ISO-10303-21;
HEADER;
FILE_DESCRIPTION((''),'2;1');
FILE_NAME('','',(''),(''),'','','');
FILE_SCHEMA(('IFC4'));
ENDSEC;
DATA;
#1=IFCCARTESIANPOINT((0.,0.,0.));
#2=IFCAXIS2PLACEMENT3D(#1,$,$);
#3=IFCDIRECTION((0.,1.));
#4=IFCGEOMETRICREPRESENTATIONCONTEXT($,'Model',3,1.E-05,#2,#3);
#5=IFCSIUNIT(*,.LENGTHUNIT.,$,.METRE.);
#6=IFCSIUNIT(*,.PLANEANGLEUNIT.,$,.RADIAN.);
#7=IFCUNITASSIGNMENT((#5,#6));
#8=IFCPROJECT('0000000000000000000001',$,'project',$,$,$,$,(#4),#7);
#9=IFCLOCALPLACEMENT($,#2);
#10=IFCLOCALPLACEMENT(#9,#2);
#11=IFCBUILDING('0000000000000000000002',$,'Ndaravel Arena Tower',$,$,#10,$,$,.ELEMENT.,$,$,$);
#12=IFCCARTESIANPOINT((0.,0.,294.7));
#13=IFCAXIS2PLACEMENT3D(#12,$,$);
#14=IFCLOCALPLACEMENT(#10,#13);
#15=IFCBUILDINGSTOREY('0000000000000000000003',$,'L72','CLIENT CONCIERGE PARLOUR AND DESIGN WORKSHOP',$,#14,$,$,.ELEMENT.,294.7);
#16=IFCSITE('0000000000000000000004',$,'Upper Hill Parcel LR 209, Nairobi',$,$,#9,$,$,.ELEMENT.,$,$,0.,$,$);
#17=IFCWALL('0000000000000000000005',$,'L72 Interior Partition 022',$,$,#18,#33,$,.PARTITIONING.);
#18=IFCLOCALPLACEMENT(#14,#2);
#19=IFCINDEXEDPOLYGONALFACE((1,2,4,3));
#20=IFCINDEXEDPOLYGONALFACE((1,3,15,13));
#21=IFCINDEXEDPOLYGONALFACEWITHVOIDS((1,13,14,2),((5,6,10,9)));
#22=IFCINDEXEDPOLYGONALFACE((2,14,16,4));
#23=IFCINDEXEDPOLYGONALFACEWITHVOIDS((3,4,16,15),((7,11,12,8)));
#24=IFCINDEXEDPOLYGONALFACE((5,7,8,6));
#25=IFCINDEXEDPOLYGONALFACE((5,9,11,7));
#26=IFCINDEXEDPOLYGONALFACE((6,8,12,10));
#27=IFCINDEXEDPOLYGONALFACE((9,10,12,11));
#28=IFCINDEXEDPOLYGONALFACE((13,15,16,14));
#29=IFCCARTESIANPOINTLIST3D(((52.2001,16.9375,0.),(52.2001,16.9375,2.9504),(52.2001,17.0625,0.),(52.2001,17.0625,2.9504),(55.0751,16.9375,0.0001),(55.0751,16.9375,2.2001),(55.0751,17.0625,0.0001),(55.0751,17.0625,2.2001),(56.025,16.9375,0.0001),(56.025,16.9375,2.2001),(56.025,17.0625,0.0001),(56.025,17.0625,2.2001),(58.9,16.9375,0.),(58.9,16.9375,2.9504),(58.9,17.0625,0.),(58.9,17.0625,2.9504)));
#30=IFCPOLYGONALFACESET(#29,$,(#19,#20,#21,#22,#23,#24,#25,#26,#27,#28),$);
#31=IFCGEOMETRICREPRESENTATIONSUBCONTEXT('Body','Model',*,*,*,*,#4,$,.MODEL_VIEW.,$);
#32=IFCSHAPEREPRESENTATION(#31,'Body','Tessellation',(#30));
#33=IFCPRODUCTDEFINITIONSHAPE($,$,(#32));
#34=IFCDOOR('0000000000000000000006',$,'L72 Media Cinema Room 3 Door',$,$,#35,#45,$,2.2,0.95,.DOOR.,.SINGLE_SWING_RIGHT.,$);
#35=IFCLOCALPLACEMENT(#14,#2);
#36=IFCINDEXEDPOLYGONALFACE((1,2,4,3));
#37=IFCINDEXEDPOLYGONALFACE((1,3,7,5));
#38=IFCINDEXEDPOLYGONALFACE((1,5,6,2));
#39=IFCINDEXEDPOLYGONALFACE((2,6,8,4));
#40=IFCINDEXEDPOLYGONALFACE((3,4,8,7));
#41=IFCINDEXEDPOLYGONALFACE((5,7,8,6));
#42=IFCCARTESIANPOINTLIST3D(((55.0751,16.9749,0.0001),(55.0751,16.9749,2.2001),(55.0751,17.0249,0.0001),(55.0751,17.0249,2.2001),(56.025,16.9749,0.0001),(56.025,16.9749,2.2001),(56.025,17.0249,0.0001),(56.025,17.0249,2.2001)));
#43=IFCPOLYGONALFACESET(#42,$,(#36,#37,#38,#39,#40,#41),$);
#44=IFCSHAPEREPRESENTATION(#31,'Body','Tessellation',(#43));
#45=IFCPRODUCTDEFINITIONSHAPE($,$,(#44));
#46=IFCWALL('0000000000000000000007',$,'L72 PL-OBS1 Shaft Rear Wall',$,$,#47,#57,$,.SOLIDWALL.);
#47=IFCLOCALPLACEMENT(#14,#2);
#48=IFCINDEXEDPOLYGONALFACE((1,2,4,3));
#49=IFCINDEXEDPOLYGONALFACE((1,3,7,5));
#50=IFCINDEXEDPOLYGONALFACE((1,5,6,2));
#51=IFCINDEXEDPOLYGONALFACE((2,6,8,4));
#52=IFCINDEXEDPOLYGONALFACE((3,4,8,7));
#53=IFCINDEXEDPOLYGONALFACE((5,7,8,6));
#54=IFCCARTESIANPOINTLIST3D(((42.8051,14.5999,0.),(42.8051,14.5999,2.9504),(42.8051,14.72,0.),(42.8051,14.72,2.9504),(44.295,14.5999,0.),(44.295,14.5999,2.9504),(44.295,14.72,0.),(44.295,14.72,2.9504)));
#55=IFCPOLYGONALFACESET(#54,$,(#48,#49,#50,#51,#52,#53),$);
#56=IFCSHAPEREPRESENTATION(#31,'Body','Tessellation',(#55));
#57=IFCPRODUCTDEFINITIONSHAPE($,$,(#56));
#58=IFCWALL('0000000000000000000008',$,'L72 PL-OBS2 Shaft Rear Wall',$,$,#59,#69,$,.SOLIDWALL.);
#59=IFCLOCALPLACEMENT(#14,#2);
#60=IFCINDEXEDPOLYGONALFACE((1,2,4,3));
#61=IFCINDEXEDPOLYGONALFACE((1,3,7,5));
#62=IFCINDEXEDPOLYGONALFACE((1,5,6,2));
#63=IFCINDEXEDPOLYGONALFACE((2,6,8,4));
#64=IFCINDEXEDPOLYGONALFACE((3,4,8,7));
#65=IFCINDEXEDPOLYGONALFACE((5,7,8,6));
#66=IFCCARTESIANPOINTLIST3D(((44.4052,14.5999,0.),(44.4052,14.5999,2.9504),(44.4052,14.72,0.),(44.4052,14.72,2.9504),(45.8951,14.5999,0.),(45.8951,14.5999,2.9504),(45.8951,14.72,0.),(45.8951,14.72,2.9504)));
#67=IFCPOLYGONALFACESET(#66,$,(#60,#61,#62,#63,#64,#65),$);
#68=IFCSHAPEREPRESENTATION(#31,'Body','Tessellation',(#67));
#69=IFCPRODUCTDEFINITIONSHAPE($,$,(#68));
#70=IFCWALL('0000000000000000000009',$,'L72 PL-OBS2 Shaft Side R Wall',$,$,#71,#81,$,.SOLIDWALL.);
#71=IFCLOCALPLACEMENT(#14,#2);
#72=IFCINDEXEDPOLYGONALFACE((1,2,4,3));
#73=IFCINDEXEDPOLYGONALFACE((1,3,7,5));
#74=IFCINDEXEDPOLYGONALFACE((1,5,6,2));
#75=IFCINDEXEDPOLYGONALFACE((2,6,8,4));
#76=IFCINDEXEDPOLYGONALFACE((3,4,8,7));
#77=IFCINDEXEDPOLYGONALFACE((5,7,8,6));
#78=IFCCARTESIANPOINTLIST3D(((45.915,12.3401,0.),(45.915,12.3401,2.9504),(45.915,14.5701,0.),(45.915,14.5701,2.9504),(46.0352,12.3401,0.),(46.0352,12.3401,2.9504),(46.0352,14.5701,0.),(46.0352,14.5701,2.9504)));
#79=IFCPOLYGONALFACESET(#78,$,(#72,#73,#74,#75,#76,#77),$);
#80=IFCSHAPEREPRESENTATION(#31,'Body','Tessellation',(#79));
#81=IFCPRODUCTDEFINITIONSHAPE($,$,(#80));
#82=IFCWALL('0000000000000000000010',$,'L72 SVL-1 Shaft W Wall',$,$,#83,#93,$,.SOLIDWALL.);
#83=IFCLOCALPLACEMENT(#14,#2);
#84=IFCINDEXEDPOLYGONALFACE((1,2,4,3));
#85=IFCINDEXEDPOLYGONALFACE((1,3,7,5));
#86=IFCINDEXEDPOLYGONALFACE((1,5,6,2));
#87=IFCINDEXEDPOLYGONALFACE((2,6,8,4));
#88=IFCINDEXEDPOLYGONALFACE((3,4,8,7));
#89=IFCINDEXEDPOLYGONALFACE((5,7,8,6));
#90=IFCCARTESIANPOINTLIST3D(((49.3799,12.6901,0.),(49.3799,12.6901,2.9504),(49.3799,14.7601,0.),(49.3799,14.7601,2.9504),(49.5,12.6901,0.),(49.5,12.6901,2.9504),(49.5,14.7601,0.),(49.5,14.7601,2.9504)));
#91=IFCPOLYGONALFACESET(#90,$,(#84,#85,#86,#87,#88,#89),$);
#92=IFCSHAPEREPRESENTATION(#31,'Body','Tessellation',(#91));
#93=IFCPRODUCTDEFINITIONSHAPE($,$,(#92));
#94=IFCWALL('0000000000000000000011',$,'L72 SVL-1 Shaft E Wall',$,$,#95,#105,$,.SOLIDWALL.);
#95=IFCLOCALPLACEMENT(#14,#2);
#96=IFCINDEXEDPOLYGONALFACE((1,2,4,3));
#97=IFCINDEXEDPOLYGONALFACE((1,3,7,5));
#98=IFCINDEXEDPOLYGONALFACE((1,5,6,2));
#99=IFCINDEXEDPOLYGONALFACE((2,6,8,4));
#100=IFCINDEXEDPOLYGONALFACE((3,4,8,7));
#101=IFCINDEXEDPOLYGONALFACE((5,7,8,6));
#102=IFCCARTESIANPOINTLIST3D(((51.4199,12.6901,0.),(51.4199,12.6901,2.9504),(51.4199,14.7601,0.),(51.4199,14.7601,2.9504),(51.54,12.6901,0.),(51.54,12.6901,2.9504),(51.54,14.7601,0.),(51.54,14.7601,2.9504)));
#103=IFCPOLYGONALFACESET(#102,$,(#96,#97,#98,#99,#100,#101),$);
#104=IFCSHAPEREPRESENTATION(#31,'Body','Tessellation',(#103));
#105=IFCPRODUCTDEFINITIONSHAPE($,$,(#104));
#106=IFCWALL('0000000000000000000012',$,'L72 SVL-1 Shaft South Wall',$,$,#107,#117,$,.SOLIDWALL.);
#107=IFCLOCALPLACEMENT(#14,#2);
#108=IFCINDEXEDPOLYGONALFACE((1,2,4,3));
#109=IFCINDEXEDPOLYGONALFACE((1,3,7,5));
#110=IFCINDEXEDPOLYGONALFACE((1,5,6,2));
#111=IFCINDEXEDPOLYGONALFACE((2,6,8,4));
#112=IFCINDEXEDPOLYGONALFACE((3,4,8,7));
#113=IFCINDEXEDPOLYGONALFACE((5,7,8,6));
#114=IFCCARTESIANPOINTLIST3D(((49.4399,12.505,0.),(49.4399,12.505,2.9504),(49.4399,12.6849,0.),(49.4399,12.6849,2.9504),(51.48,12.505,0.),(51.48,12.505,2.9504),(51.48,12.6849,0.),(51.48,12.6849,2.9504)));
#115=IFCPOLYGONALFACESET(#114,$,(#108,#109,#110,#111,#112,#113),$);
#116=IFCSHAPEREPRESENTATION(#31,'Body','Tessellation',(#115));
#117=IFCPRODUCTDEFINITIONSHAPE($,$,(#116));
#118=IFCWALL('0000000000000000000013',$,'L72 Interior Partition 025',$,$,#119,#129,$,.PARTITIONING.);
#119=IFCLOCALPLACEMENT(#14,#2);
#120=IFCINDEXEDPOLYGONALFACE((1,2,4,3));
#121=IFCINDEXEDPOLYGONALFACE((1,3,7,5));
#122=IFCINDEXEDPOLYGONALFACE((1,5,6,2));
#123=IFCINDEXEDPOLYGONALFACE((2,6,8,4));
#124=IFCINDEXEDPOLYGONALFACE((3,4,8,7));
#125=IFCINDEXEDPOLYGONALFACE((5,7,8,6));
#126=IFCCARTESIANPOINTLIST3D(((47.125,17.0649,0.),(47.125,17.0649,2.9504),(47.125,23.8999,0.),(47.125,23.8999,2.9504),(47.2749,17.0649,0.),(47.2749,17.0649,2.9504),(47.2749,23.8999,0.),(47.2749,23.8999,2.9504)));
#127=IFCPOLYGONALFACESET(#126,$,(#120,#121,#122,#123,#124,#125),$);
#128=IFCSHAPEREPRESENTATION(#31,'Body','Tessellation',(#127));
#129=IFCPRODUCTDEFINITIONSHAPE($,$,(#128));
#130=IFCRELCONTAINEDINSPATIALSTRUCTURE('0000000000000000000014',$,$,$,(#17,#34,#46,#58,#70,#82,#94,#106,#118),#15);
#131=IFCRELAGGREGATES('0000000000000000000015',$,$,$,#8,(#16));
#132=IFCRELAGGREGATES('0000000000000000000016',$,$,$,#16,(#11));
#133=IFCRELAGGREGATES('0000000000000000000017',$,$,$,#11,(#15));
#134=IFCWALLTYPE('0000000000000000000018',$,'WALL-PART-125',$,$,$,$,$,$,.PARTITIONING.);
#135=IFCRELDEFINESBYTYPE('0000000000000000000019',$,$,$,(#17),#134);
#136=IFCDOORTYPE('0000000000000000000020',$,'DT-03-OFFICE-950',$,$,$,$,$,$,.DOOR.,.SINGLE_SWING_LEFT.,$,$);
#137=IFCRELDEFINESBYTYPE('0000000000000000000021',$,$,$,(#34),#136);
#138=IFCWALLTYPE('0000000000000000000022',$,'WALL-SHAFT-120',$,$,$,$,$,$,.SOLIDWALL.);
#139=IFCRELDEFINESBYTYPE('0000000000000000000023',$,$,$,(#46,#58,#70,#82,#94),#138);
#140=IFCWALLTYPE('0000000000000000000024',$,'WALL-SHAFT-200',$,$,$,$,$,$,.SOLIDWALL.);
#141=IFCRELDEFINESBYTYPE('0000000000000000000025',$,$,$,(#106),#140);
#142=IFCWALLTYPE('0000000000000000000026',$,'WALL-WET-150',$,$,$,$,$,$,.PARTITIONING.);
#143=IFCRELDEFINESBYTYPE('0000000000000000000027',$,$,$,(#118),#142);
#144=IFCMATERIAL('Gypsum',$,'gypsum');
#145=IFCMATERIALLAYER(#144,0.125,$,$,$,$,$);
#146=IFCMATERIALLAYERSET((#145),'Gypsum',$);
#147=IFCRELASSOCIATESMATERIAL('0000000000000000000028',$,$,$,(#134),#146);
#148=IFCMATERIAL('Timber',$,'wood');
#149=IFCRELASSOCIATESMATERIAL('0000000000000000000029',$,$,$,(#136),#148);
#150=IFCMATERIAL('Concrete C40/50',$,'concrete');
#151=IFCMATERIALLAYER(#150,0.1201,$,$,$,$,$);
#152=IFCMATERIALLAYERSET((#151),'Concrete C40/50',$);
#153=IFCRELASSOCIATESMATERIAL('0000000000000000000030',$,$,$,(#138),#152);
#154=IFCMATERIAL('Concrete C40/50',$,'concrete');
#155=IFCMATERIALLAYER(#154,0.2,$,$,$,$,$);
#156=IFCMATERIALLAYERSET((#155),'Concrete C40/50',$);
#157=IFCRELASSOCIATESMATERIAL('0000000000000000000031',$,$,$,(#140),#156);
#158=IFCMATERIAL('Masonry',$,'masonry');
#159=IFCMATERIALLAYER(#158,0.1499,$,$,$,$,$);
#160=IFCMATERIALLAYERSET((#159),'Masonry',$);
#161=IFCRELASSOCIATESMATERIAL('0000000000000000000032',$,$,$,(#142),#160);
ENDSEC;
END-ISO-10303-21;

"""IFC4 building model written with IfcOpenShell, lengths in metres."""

from ifc_helpers import new_model, si_unit, direction, frame, frame_2d, origin, place, context, subcontext, project, spatial, rectangle, extrude, material, layer, layer_set, type_object, element, fill, save


model = new_model("IFC4")

# Units and contexts
model_context = context("Model", 3, precision=1e-05, world=origin(), true_north=direction((0.0, 1.0)))
body_context = subcontext(model_context, "Body", "Model", "MODEL_VIEW")
ifc_project = project(units=[si_unit("LENGTHUNIT", "METRE"), si_unit("PLANEANGLEUNIT", "RADIAN")], contexts=[model_context])

# Site, building, storey
site_placement = place(None, origin())
site = spatial("IfcSite", under=ifc_project, at=site_placement, Name="Upper Hill Parcel LR 209, Nairobi", CompositionType="ELEMENT", RefElevation=0.0)
building_placement = place(site_placement, origin())
building = spatial("IfcBuilding", under=site, at=building_placement, Name="Ndaravel Arena Tower", CompositionType="ELEMENT")
storey_placement = place(building_placement, frame((0.0, 0.0, 294.7)))
storey = spatial("IfcBuildingStorey", under=building, at=storey_placement, Name="L72", Description="CLIENT CONCIERGE PARLOUR AND DESIGN WORKSHOP", CompositionType="ELEMENT", Elevation=294.7)

# Shared definitions
ifc_material_1 = material(Name="Gypsum", Category="gypsum")
ifc_layer_1 = layer(ifc_material_1, 0.125)
ifc_layer_set_1 = layer_set([ifc_layer_1], Name="Gypsum")
wall_type_1 = type_object("IfcWallType", Name="WALL-PART-125", PredefinedType="PARTITIONING", material=ifc_layer_set_1)

# Shared definitions
ifc_material_2 = material(Name="Timber", Category="wood")
door_type_1 = type_object("IfcDoorType", Name="DT-03-OFFICE-950", OperationType="SINGLE_SWING_LEFT", PredefinedType="DOOR", material=ifc_material_2)

# Wall, opening, door
wall_1_placement = place(storey_placement, frame((52.2, 17.0, 0.0), z_axis=(0.0, 0.0, 1.0), x_axis=(1.0, 0.0, 0.0)))
wall_1 = element("IfcWall", 1, at=wall_1_placement, inside=storey, type_object=wall_type_1, Name="L72 Interior Partition 022", PredefinedType="PARTITIONING", context=body_context, shape_type="SweptSolid", body=[
    extrude(rectangle(XDim=6.7, YDim=0.125, at=frame_2d((3.3501, 0.0))), origin(), (0.0, 0.0, 1.0), 2.9504),
])
opening_1_placement = place(wall_1_placement, frame((2.875, 0.0, 0.0)))
opening_1 = element("IfcOpeningElement", 2, at=opening_1_placement, cuts=wall_1, PredefinedType="OPENING", context=body_context, shape_type="SweptSolid", body=[
    extrude(rectangle(XDim=0.95, YDim=2.2, at=frame_2d((0.4751, 1.1001))), frame((0.0, 0.0625, 0.0), z_axis=(0.0, -1.0, 0.0), x_axis=(1.0, 0.0, 0.0)), (0.0, 0.0, 1.0), 0.125),
])
door_1_placement = place(opening_1_placement, origin())
door_1 = element("IfcDoor", 3, at=door_1_placement, inside=storey, type_object=door_type_1, Name="L72 Media Cinema Room 3 Door", OperationType="SINGLE_SWING_RIGHT", OverallHeight=2.2, OverallWidth=0.95, PredefinedType="DOOR", context=body_context, shape_type="SweptSolid", body=[
    extrude(rectangle(XDim=0.95, YDim=2.2, at=frame_2d((0.4751, 1.1001))), frame((0.0, 0.0249, 0.0), z_axis=(0.0, -1.0, 0.0), x_axis=(1.0, 0.0, 0.0)), (0.0, 0.0, 1.0), 0.05),
])
fill(opening_1, door_1)

# Walls
ifc_material_3 = material(Name="Concrete C40/50", Category="concrete")
ifc_layer_2 = layer(ifc_material_3, 0.1201)
ifc_layer_set_2 = layer_set([ifc_layer_2], Name="Concrete C40/50")
wall_type_2 = type_object("IfcWallType", Name="WALL-SHAFT-120", PredefinedType="SOLIDWALL", material=ifc_layer_set_2)
for number, where, z_axis, x_axis, name in (
    (4, (42.8049, 14.6599, 0.0), (0.0, 0.0, 1.0), (1.0, 0.0, 0.0), "L72 PL-OBS1 Shaft Rear Wall"),
    (5, (44.405, 14.6599, 0.0), (0.0, 0.0, 1.0), (1.0, 0.0, 0.0), "L72 PL-OBS2 Shaft Rear Wall"),
):
    element("IfcWall", number, at=place(storey_placement, frame(where, z_axis=z_axis, x_axis=x_axis)), inside=storey, type_object=wall_type_2, Name=name, PredefinedType="SOLIDWALL", context=body_context, shape_type="SweptSolid", body=[
        extrude(rectangle(XDim=1.49, YDim=0.1201, at=frame_2d((0.7451, 0.0))), origin(), (0.0, 0.0, 1.0), 2.9504),
    ])
wall_2_placement = place(storey_placement, frame((45.9751, 12.3401, 0.0), z_axis=(0.0, 0.0, 1.0), x_axis=(0.0, 1.0, 0.0)))
element("IfcWall", 6, at=wall_2_placement, inside=storey, type_object=wall_type_2, Name="L72 PL-OBS2 Shaft Side R Wall", PredefinedType="SOLIDWALL", context=body_context, shape_type="SweptSolid", body=[
    extrude(rectangle(XDim=2.23, YDim=0.1201, at=frame_2d((1.115, 0.0))), origin(), (0.0, 0.0, 1.0), 2.9504),
])
for number, where, z_axis, x_axis, name in (
    (7, (49.4399, 12.6899, 0.0), (0.0, 0.0, 1.0), (0.0, 1.0, 0.0), "L72 SVL-1 Shaft W Wall"),
    (8, (51.48, 12.6899, 0.0), (0.0, 0.0, 1.0), (0.0, 1.0, 0.0), "L72 SVL-1 Shaft E Wall"),
):
    element("IfcWall", number, at=place(storey_placement, frame(where, z_axis=z_axis, x_axis=x_axis)), inside=storey, type_object=wall_type_2, Name=name, PredefinedType="SOLIDWALL", context=body_context, shape_type="SweptSolid", body=[
        extrude(rectangle(XDim=2.0701, YDim=0.1201, at=frame_2d((1.0352, 0.0))), origin(), (0.0, 0.0, 1.0), 2.9504),
    ])
ifc_material_4 = material(Name="Concrete C40/50", Category="concrete")
ifc_layer_3 = layer(ifc_material_4, 0.2)
ifc_layer_set_3 = layer_set([ifc_layer_3], Name="Concrete C40/50")
wall_type_3 = type_object("IfcWallType", Name="WALL-SHAFT-200", PredefinedType="SOLIDWALL", material=ifc_layer_set_3)
wall_3_placement = place(storey_placement, frame((49.4399, 12.595, 0.0), z_axis=(0.0, 0.0, 1.0), x_axis=(1.0, 0.0, 0.0)))
element("IfcWall", 9, at=wall_3_placement, inside=storey, type_object=wall_type_3, Name="L72 SVL-1 Shaft South Wall", PredefinedType="SOLIDWALL", context=body_context, shape_type="SweptSolid", body=[
    extrude(rectangle(XDim=2.04, YDim=0.1799, at=frame_2d((1.02, 0.0))), origin(), (0.0, 0.0, 1.0), 2.9504),
])

# Shared definitions
ifc_material_5 = material(Name="Masonry", Category="masonry")
ifc_layer_4 = layer(ifc_material_5, 0.1499)
ifc_layer_set_4 = layer_set([ifc_layer_4], Name="Masonry")
wall_type_4 = type_object("IfcWallType", Name="WALL-WET-150", PredefinedType="PARTITIONING", material=ifc_layer_set_4)

# Wall
wall_4_placement = place(storey_placement, frame((47.2, 23.8999, 0.0), z_axis=(0.0, 0.0, 1.0), x_axis=(0.0, -1.0, 0.0)))
element("IfcWall", 10, at=wall_4_placement, inside=storey, type_object=wall_type_4, Name="L72 Interior Partition 025", PredefinedType="PARTITIONING", context=body_context, shape_type="SweptSolid", body=[
    extrude(rectangle(XDim=6.835, YDim=0.1499, at=frame_2d((3.4175, 0.0))), origin(), (0.0, 0.0, 1.0), 2.9504),
])

save(model, "model.ifc")
